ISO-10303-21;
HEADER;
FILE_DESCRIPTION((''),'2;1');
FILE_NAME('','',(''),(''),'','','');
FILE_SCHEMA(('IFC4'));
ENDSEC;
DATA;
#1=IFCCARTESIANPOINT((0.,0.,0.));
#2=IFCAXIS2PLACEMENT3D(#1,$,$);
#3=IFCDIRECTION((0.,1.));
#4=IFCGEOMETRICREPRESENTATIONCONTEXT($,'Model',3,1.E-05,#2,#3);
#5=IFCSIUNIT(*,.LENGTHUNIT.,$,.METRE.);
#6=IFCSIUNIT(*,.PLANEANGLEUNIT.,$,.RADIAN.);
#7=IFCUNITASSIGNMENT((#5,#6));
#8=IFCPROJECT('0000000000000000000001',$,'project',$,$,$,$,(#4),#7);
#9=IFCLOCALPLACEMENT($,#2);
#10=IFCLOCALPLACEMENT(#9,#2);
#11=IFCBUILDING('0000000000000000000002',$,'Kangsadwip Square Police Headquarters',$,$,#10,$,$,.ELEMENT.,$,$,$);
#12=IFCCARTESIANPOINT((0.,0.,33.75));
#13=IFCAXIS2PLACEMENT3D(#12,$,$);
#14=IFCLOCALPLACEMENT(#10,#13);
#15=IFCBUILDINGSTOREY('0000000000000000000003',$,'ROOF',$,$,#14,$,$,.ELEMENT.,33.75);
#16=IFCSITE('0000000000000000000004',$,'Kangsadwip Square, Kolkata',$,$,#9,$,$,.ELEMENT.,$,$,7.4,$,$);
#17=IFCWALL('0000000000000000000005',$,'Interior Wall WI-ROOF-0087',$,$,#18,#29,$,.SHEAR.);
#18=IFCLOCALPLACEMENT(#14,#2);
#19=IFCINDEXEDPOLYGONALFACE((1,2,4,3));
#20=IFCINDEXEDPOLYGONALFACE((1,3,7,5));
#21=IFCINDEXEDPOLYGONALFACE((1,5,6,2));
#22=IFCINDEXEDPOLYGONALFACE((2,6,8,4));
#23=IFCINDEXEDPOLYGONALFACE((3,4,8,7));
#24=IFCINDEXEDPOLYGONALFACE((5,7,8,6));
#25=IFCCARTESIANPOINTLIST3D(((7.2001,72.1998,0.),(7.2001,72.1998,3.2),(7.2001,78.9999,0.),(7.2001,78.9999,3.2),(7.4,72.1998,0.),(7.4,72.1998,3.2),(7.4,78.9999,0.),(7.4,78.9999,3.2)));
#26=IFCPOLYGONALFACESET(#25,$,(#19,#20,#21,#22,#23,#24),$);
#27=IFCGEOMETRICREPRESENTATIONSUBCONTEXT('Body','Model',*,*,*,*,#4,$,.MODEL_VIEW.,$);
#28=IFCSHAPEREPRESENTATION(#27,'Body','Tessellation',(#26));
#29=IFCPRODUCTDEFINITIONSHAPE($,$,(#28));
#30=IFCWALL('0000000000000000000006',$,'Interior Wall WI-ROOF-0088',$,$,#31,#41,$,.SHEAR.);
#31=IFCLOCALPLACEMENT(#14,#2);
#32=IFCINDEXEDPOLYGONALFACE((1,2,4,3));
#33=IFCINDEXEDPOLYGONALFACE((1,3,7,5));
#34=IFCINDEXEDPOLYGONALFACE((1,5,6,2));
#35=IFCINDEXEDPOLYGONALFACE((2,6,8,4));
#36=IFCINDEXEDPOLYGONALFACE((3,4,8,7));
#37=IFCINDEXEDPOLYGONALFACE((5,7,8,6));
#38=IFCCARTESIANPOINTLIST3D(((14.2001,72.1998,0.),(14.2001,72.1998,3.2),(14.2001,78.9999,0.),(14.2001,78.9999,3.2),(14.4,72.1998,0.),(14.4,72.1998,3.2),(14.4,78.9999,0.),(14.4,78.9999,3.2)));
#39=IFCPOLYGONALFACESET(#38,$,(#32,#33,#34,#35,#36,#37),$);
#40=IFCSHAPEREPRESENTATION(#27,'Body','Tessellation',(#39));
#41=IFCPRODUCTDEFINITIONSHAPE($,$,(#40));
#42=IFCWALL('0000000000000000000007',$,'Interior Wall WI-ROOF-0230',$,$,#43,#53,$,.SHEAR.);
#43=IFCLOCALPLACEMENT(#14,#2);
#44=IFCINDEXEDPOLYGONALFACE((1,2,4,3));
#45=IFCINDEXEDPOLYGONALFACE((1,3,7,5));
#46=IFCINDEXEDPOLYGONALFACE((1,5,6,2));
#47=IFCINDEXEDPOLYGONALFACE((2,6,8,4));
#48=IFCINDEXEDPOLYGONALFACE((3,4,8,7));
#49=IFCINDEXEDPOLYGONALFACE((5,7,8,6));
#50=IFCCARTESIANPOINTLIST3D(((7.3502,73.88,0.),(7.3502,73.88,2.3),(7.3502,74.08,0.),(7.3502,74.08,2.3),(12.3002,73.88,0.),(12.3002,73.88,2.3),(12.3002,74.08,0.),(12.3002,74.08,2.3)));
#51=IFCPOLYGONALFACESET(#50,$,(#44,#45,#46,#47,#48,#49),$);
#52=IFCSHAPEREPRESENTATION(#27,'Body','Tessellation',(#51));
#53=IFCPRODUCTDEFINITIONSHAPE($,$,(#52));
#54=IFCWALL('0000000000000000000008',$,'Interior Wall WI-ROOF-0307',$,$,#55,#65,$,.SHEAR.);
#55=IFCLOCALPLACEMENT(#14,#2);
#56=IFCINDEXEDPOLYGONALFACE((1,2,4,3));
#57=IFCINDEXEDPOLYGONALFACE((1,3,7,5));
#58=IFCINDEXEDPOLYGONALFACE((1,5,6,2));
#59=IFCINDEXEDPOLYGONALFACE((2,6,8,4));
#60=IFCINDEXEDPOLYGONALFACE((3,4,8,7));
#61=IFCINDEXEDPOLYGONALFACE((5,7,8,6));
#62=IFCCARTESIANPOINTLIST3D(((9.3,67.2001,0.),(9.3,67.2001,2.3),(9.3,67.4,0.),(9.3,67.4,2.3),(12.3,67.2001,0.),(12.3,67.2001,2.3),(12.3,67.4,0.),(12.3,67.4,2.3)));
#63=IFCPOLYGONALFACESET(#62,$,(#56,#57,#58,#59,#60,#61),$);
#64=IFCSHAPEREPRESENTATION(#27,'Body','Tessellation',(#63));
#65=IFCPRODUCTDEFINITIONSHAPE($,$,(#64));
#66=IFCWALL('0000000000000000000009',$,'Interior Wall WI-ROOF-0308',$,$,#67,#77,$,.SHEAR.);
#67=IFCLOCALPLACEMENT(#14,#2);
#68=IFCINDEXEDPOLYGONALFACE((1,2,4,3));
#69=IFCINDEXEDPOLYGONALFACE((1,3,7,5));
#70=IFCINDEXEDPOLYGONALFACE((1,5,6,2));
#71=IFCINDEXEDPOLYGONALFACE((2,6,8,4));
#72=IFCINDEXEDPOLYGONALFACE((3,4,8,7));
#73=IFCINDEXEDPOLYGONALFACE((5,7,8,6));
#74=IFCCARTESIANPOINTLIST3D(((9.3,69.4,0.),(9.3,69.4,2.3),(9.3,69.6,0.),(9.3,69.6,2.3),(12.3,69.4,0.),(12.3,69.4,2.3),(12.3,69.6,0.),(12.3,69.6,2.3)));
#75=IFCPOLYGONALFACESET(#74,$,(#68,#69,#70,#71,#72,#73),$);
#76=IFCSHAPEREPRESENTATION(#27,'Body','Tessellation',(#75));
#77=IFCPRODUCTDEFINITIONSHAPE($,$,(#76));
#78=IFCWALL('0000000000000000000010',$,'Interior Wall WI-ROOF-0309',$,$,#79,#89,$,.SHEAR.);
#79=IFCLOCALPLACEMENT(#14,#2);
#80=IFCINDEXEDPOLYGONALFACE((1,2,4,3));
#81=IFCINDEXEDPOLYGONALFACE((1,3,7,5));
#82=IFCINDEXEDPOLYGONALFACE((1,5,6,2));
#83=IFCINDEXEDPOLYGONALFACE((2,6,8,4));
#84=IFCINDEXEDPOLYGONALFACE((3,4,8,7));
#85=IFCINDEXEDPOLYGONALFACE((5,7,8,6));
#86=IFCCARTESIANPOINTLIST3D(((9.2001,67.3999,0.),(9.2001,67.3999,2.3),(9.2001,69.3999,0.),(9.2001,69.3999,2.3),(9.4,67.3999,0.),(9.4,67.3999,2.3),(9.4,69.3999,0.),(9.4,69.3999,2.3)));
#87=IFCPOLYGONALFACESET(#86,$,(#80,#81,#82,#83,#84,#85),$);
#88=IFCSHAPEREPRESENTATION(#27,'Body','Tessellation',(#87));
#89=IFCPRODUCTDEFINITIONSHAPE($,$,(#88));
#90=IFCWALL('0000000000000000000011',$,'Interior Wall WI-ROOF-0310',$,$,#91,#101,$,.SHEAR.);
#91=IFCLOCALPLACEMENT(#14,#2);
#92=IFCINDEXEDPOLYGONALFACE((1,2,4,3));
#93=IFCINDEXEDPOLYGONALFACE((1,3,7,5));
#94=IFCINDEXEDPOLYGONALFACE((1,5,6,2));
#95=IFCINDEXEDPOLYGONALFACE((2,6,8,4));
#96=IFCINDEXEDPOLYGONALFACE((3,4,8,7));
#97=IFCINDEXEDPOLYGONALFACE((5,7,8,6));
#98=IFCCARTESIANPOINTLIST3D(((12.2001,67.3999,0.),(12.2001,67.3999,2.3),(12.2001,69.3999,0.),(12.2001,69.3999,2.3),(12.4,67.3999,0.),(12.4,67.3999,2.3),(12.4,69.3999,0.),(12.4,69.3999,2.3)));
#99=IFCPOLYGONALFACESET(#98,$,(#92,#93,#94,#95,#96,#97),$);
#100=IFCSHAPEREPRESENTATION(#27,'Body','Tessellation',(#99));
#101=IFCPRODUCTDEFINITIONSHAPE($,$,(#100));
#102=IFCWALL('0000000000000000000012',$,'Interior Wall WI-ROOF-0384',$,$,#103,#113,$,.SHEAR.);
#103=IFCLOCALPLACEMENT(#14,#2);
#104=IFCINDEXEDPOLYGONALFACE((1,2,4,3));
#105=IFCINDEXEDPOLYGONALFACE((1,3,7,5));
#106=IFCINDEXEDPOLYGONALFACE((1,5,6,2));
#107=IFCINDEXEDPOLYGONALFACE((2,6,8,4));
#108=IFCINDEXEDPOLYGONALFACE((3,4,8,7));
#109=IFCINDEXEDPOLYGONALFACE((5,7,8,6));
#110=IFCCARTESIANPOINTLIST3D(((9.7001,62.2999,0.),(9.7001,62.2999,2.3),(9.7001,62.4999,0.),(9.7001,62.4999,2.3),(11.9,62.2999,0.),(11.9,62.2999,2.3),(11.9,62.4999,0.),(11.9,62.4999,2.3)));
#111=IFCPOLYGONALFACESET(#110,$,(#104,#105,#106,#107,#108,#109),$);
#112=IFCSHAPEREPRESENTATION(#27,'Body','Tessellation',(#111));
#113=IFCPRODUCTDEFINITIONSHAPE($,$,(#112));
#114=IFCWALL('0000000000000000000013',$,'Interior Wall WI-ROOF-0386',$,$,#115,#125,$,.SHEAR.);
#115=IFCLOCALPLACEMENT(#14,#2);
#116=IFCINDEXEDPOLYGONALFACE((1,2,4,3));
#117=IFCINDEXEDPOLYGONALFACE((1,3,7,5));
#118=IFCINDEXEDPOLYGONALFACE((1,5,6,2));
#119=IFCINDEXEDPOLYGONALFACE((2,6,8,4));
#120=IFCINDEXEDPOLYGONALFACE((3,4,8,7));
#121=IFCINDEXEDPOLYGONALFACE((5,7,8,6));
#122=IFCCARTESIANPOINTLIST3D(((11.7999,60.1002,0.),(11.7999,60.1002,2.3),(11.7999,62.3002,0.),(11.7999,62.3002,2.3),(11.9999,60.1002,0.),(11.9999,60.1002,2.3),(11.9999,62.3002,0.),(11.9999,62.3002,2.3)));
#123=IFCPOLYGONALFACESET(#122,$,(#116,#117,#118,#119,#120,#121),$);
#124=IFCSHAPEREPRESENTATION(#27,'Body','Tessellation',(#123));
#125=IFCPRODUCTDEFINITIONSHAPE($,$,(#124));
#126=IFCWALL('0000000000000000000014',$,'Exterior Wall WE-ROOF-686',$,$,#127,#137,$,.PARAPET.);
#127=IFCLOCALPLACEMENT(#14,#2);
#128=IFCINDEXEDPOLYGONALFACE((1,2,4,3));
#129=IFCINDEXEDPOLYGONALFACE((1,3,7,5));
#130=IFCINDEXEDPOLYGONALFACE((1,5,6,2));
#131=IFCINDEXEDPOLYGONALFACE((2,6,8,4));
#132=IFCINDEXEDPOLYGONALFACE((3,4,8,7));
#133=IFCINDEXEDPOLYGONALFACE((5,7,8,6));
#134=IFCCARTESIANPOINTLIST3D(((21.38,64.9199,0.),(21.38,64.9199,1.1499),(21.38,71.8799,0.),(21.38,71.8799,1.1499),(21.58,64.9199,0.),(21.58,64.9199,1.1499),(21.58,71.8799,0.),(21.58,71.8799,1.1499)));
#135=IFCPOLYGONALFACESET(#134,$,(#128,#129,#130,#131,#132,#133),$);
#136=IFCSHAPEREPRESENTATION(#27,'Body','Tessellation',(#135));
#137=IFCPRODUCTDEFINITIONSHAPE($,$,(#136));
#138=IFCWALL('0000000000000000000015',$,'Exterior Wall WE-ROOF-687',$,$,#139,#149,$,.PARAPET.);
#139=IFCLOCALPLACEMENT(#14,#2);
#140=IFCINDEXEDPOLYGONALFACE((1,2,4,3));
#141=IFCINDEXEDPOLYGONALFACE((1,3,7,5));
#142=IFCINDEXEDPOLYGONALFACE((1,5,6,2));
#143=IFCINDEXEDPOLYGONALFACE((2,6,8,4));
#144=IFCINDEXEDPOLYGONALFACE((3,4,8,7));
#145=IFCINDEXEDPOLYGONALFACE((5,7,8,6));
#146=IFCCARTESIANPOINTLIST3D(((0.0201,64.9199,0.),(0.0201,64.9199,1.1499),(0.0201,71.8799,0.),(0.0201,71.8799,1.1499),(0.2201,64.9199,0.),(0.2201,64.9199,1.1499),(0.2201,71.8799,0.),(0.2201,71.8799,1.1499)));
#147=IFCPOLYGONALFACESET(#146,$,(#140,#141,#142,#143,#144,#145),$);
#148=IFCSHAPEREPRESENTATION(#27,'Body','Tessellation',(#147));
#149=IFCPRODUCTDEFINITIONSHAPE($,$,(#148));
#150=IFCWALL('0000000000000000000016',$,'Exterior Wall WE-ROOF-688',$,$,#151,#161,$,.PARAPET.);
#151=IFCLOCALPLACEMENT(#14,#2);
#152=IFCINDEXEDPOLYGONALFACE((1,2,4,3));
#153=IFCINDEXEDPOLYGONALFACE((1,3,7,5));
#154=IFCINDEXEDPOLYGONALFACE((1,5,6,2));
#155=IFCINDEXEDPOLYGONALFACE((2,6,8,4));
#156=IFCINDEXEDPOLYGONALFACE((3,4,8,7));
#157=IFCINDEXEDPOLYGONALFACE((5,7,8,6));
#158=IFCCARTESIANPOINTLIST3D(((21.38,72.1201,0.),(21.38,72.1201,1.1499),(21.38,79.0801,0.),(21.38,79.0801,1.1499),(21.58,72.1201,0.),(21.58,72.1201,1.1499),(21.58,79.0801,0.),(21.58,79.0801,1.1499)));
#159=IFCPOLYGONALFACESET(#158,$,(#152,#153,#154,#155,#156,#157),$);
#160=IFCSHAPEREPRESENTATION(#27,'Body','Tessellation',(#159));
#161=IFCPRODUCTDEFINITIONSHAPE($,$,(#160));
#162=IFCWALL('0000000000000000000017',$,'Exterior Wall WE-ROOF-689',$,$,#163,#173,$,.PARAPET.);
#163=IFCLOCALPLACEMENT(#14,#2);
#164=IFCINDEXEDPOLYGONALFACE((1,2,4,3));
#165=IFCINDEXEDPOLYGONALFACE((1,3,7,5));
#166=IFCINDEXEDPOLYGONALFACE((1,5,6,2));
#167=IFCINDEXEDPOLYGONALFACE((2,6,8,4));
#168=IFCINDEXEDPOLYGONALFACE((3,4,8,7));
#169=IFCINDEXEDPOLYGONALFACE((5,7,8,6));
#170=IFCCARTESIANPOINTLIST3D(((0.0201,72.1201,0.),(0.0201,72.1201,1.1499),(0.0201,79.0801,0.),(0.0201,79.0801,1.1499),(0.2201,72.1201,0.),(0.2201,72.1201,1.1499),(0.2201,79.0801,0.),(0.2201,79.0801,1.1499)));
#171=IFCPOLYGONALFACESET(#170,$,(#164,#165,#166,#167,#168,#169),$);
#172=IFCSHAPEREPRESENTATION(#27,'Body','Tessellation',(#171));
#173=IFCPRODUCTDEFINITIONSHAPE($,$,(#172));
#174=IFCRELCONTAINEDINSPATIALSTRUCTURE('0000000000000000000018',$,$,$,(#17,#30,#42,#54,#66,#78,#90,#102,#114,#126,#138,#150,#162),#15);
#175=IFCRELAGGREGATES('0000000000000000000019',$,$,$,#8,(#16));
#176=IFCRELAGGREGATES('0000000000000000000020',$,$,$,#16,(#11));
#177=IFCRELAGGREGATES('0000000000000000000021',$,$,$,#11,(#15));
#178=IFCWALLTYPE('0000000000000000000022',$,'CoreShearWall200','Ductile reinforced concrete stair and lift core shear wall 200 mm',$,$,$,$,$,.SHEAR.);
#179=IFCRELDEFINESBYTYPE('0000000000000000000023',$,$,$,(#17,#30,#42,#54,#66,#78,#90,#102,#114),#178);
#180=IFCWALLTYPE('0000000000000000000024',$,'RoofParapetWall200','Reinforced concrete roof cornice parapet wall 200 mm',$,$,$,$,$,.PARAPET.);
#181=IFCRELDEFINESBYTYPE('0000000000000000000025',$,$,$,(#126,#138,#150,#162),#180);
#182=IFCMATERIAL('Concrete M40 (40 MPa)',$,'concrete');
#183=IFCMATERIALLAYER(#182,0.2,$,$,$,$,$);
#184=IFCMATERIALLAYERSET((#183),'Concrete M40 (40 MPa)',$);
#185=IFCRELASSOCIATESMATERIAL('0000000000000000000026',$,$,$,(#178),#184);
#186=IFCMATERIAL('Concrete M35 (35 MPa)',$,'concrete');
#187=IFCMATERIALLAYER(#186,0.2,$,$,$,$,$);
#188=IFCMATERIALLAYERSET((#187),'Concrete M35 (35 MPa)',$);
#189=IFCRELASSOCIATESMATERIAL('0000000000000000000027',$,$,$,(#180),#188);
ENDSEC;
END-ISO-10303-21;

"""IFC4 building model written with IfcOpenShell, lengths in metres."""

from ifc_helpers import new_model, si_unit, direction, frame, frame_2d, origin, place, context, subcontext, project, spatial, rectangle, extrude, material, layer, layer_set, type_object, element, save


model = new_model("IFC4")

# Units and contexts
model_context = context("Model", 3, precision=1e-05, world=origin(), true_north=direction((0.0, 1.0)))
body_context = subcontext(model_context, "Body", "Model", "MODEL_VIEW")
ifc_project = project(units=[si_unit("LENGTHUNIT", "METRE"), si_unit("PLANEANGLEUNIT", "RADIAN")], contexts=[model_context])

# Site, building, storey
site_placement = place(None, origin())
site = spatial("IfcSite", under=ifc_project, at=site_placement, Name="Kangsadwip Square, Kolkata", CompositionType="ELEMENT", RefElevation=7.4)
building_placement = place(site_placement, origin())
building = spatial("IfcBuilding", under=site, at=building_placement, Name="Kangsadwip Square Police Headquarters", CompositionType="ELEMENT")
storey_placement = place(building_placement, frame((0.0, 0.0, 33.75)))
storey = spatial("IfcBuildingStorey", under=building, at=storey_placement, Name="ROOF", CompositionType="ELEMENT", Elevation=33.75)

# Walls
ifc_material_1 = material(Name="Concrete M40 (40 MPa)", Category="concrete")
ifc_layer_1 = layer(ifc_material_1, 0.2)
ifc_layer_set_1 = layer_set([ifc_layer_1], Name="Concrete M40 (40 MPa)")
wall_type_1 = type_object("IfcWallType", Name="CoreShearWall200", Description="Ductile reinforced concrete stair and lift core shear wall 200 mm", PredefinedType="SHEAR", material=ifc_layer_set_1)
for number, where, z_axis, x_axis, name in (
    (1, (7.3, 72.2, 0.0), (0.0, 0.0, 1.0), (0.0, 1.0, 0.0), "Interior Wall WI-ROOF-0087"),
    (2, (14.3, 72.2, 0.0), (0.0, 0.0, 1.0), (0.0, 1.0, 0.0), "Interior Wall WI-ROOF-0088"),
):
    element("IfcWall", number, at=place(storey_placement, frame(where, z_axis=z_axis, x_axis=x_axis)), inside=storey, type_object=wall_type_1, Name=name, PredefinedType="SHEAR", context=body_context, shape_type="SweptSolid", body=[
        extrude(rectangle(XDim=6.8, YDim=0.2, at=frame_2d((3.3999, 0.0))), origin(), (0.0, 0.0, 1.0), 3.2),
    ])
wall_placement = place(storey_placement, frame((7.3501, 73.98, 0.0), z_axis=(0.0, 0.0, 1.0), x_axis=(1.0, 0.0, 0.0)))
element("IfcWall", 3, at=wall_placement, inside=storey, type_object=wall_type_1, Name="Interior Wall WI-ROOF-0230", PredefinedType="SHEAR", context=body_context, shape_type="SweptSolid", body=[
    extrude(rectangle(XDim=4.95, YDim=0.2, at=frame_2d((2.4751, 0.0))), origin(), (0.0, 0.0, 1.0), 2.3),
])
for number, where, z_axis, x_axis, name in (
    (4, (9.3, 67.3, 0.0), (0.0, 0.0, 1.0), (1.0, 0.0, 0.0), "Interior Wall WI-ROOF-0307"),
    (5, (9.3, 69.5, 0.0), (0.0, 0.0, 1.0), (1.0, 0.0, 0.0), "Interior Wall WI-ROOF-0308"),
):
    element("IfcWall", number, at=place(storey_placement, frame(where, z_axis=z_axis, x_axis=x_axis)), inside=storey, type_object=wall_type_1, Name=name, PredefinedType="SHEAR", context=body_context, shape_type="SweptSolid", body=[
        extrude(rectangle(XDim=3.0, YDim=0.2, at=frame_2d((1.5, 0.0))), origin(), (0.0, 0.0, 1.0), 2.3),
    ])
for number, where, z_axis, x_axis, name in (
    (6, (9.3, 67.3999, 0.0), (0.0, 0.0, 1.0), (0.0, 1.0, 0.0), "Interior Wall WI-ROOF-0309"),
    (7, (12.3, 67.3999, 0.0), (0.0, 0.0, 1.0), (0.0, 1.0, 0.0), "Interior Wall WI-ROOF-0310"),
):
    element("IfcWall", number, at=place(storey_placement, frame(where, z_axis=z_axis, x_axis=x_axis)), inside=storey, type_object=wall_type_1, Name=name, PredefinedType="SHEAR", context=body_context, shape_type="SweptSolid", body=[
        extrude(rectangle(XDim=2.0, YDim=0.2, at=frame_2d((1.0, 0.0))), origin(), (0.0, 0.0, 1.0), 2.3),
    ])
for number, where, z_axis, x_axis, name in (
    (8, (9.7, 62.3999, 0.0), (0.0, 0.0, 1.0), (1.0, 0.0, 0.0), "Interior Wall WI-ROOF-0384"),
    (9, (11.8999, 60.1001, 0.0), (0.0, 0.0, 1.0), (0.0, 1.0, 0.0), "Interior Wall WI-ROOF-0386"),
):
    element("IfcWall", number, at=place(storey_placement, frame(where, z_axis=z_axis, x_axis=x_axis)), inside=storey, type_object=wall_type_1, Name=name, PredefinedType="SHEAR", context=body_context, shape_type="SweptSolid", body=[
        extrude(rectangle(XDim=2.2, YDim=0.2, at=frame_2d((1.1001, 0.0))), origin(), (0.0, 0.0, 1.0), 2.3),
    ])
ifc_material_2 = material(Name="Concrete M35 (35 MPa)", Category="concrete")
ifc_layer_2 = layer(ifc_material_2, 0.2)
ifc_layer_set_2 = layer_set([ifc_layer_2], Name="Concrete M35 (35 MPa)")
wall_type_2 = type_object("IfcWallType", Name="RoofParapetWall200", Description="Reinforced concrete roof cornice parapet wall 200 mm", PredefinedType="PARAPET", material=ifc_layer_set_2)
for number, where, z_axis, x_axis, name in (
    (10, (21.48, 64.9199, 0.0), (0.0, 0.0, 1.0), (0.0, 1.0, 0.0), "Exterior Wall WE-ROOF-686"),
    (11, (0.1201, 64.9199, 0.0), (0.0, 0.0, 1.0), (0.0, 1.0, 0.0), "Exterior Wall WE-ROOF-687"),
    (12, (21.48, 72.1201, 0.0), (0.0, 0.0, 1.0), (0.0, 1.0, 0.0), "Exterior Wall WE-ROOF-688"),
    (13, (0.1201, 72.1201, 0.0), (0.0, 0.0, 1.0), (0.0, 1.0, 0.0), "Exterior Wall WE-ROOF-689"),
):
    element("IfcWall", number, at=place(storey_placement, frame(where, z_axis=z_axis, x_axis=x_axis)), inside=storey, type_object=wall_type_2, Name=name, PredefinedType="PARAPET", context=body_context, shape_type="SweptSolid", body=[
        extrude(rectangle(XDim=6.96, YDim=0.2, at=frame_2d((3.48, 0.0))), origin(), (0.0, 0.0, 1.0), 1.1499),
    ])

save(model, "model.ifc")
